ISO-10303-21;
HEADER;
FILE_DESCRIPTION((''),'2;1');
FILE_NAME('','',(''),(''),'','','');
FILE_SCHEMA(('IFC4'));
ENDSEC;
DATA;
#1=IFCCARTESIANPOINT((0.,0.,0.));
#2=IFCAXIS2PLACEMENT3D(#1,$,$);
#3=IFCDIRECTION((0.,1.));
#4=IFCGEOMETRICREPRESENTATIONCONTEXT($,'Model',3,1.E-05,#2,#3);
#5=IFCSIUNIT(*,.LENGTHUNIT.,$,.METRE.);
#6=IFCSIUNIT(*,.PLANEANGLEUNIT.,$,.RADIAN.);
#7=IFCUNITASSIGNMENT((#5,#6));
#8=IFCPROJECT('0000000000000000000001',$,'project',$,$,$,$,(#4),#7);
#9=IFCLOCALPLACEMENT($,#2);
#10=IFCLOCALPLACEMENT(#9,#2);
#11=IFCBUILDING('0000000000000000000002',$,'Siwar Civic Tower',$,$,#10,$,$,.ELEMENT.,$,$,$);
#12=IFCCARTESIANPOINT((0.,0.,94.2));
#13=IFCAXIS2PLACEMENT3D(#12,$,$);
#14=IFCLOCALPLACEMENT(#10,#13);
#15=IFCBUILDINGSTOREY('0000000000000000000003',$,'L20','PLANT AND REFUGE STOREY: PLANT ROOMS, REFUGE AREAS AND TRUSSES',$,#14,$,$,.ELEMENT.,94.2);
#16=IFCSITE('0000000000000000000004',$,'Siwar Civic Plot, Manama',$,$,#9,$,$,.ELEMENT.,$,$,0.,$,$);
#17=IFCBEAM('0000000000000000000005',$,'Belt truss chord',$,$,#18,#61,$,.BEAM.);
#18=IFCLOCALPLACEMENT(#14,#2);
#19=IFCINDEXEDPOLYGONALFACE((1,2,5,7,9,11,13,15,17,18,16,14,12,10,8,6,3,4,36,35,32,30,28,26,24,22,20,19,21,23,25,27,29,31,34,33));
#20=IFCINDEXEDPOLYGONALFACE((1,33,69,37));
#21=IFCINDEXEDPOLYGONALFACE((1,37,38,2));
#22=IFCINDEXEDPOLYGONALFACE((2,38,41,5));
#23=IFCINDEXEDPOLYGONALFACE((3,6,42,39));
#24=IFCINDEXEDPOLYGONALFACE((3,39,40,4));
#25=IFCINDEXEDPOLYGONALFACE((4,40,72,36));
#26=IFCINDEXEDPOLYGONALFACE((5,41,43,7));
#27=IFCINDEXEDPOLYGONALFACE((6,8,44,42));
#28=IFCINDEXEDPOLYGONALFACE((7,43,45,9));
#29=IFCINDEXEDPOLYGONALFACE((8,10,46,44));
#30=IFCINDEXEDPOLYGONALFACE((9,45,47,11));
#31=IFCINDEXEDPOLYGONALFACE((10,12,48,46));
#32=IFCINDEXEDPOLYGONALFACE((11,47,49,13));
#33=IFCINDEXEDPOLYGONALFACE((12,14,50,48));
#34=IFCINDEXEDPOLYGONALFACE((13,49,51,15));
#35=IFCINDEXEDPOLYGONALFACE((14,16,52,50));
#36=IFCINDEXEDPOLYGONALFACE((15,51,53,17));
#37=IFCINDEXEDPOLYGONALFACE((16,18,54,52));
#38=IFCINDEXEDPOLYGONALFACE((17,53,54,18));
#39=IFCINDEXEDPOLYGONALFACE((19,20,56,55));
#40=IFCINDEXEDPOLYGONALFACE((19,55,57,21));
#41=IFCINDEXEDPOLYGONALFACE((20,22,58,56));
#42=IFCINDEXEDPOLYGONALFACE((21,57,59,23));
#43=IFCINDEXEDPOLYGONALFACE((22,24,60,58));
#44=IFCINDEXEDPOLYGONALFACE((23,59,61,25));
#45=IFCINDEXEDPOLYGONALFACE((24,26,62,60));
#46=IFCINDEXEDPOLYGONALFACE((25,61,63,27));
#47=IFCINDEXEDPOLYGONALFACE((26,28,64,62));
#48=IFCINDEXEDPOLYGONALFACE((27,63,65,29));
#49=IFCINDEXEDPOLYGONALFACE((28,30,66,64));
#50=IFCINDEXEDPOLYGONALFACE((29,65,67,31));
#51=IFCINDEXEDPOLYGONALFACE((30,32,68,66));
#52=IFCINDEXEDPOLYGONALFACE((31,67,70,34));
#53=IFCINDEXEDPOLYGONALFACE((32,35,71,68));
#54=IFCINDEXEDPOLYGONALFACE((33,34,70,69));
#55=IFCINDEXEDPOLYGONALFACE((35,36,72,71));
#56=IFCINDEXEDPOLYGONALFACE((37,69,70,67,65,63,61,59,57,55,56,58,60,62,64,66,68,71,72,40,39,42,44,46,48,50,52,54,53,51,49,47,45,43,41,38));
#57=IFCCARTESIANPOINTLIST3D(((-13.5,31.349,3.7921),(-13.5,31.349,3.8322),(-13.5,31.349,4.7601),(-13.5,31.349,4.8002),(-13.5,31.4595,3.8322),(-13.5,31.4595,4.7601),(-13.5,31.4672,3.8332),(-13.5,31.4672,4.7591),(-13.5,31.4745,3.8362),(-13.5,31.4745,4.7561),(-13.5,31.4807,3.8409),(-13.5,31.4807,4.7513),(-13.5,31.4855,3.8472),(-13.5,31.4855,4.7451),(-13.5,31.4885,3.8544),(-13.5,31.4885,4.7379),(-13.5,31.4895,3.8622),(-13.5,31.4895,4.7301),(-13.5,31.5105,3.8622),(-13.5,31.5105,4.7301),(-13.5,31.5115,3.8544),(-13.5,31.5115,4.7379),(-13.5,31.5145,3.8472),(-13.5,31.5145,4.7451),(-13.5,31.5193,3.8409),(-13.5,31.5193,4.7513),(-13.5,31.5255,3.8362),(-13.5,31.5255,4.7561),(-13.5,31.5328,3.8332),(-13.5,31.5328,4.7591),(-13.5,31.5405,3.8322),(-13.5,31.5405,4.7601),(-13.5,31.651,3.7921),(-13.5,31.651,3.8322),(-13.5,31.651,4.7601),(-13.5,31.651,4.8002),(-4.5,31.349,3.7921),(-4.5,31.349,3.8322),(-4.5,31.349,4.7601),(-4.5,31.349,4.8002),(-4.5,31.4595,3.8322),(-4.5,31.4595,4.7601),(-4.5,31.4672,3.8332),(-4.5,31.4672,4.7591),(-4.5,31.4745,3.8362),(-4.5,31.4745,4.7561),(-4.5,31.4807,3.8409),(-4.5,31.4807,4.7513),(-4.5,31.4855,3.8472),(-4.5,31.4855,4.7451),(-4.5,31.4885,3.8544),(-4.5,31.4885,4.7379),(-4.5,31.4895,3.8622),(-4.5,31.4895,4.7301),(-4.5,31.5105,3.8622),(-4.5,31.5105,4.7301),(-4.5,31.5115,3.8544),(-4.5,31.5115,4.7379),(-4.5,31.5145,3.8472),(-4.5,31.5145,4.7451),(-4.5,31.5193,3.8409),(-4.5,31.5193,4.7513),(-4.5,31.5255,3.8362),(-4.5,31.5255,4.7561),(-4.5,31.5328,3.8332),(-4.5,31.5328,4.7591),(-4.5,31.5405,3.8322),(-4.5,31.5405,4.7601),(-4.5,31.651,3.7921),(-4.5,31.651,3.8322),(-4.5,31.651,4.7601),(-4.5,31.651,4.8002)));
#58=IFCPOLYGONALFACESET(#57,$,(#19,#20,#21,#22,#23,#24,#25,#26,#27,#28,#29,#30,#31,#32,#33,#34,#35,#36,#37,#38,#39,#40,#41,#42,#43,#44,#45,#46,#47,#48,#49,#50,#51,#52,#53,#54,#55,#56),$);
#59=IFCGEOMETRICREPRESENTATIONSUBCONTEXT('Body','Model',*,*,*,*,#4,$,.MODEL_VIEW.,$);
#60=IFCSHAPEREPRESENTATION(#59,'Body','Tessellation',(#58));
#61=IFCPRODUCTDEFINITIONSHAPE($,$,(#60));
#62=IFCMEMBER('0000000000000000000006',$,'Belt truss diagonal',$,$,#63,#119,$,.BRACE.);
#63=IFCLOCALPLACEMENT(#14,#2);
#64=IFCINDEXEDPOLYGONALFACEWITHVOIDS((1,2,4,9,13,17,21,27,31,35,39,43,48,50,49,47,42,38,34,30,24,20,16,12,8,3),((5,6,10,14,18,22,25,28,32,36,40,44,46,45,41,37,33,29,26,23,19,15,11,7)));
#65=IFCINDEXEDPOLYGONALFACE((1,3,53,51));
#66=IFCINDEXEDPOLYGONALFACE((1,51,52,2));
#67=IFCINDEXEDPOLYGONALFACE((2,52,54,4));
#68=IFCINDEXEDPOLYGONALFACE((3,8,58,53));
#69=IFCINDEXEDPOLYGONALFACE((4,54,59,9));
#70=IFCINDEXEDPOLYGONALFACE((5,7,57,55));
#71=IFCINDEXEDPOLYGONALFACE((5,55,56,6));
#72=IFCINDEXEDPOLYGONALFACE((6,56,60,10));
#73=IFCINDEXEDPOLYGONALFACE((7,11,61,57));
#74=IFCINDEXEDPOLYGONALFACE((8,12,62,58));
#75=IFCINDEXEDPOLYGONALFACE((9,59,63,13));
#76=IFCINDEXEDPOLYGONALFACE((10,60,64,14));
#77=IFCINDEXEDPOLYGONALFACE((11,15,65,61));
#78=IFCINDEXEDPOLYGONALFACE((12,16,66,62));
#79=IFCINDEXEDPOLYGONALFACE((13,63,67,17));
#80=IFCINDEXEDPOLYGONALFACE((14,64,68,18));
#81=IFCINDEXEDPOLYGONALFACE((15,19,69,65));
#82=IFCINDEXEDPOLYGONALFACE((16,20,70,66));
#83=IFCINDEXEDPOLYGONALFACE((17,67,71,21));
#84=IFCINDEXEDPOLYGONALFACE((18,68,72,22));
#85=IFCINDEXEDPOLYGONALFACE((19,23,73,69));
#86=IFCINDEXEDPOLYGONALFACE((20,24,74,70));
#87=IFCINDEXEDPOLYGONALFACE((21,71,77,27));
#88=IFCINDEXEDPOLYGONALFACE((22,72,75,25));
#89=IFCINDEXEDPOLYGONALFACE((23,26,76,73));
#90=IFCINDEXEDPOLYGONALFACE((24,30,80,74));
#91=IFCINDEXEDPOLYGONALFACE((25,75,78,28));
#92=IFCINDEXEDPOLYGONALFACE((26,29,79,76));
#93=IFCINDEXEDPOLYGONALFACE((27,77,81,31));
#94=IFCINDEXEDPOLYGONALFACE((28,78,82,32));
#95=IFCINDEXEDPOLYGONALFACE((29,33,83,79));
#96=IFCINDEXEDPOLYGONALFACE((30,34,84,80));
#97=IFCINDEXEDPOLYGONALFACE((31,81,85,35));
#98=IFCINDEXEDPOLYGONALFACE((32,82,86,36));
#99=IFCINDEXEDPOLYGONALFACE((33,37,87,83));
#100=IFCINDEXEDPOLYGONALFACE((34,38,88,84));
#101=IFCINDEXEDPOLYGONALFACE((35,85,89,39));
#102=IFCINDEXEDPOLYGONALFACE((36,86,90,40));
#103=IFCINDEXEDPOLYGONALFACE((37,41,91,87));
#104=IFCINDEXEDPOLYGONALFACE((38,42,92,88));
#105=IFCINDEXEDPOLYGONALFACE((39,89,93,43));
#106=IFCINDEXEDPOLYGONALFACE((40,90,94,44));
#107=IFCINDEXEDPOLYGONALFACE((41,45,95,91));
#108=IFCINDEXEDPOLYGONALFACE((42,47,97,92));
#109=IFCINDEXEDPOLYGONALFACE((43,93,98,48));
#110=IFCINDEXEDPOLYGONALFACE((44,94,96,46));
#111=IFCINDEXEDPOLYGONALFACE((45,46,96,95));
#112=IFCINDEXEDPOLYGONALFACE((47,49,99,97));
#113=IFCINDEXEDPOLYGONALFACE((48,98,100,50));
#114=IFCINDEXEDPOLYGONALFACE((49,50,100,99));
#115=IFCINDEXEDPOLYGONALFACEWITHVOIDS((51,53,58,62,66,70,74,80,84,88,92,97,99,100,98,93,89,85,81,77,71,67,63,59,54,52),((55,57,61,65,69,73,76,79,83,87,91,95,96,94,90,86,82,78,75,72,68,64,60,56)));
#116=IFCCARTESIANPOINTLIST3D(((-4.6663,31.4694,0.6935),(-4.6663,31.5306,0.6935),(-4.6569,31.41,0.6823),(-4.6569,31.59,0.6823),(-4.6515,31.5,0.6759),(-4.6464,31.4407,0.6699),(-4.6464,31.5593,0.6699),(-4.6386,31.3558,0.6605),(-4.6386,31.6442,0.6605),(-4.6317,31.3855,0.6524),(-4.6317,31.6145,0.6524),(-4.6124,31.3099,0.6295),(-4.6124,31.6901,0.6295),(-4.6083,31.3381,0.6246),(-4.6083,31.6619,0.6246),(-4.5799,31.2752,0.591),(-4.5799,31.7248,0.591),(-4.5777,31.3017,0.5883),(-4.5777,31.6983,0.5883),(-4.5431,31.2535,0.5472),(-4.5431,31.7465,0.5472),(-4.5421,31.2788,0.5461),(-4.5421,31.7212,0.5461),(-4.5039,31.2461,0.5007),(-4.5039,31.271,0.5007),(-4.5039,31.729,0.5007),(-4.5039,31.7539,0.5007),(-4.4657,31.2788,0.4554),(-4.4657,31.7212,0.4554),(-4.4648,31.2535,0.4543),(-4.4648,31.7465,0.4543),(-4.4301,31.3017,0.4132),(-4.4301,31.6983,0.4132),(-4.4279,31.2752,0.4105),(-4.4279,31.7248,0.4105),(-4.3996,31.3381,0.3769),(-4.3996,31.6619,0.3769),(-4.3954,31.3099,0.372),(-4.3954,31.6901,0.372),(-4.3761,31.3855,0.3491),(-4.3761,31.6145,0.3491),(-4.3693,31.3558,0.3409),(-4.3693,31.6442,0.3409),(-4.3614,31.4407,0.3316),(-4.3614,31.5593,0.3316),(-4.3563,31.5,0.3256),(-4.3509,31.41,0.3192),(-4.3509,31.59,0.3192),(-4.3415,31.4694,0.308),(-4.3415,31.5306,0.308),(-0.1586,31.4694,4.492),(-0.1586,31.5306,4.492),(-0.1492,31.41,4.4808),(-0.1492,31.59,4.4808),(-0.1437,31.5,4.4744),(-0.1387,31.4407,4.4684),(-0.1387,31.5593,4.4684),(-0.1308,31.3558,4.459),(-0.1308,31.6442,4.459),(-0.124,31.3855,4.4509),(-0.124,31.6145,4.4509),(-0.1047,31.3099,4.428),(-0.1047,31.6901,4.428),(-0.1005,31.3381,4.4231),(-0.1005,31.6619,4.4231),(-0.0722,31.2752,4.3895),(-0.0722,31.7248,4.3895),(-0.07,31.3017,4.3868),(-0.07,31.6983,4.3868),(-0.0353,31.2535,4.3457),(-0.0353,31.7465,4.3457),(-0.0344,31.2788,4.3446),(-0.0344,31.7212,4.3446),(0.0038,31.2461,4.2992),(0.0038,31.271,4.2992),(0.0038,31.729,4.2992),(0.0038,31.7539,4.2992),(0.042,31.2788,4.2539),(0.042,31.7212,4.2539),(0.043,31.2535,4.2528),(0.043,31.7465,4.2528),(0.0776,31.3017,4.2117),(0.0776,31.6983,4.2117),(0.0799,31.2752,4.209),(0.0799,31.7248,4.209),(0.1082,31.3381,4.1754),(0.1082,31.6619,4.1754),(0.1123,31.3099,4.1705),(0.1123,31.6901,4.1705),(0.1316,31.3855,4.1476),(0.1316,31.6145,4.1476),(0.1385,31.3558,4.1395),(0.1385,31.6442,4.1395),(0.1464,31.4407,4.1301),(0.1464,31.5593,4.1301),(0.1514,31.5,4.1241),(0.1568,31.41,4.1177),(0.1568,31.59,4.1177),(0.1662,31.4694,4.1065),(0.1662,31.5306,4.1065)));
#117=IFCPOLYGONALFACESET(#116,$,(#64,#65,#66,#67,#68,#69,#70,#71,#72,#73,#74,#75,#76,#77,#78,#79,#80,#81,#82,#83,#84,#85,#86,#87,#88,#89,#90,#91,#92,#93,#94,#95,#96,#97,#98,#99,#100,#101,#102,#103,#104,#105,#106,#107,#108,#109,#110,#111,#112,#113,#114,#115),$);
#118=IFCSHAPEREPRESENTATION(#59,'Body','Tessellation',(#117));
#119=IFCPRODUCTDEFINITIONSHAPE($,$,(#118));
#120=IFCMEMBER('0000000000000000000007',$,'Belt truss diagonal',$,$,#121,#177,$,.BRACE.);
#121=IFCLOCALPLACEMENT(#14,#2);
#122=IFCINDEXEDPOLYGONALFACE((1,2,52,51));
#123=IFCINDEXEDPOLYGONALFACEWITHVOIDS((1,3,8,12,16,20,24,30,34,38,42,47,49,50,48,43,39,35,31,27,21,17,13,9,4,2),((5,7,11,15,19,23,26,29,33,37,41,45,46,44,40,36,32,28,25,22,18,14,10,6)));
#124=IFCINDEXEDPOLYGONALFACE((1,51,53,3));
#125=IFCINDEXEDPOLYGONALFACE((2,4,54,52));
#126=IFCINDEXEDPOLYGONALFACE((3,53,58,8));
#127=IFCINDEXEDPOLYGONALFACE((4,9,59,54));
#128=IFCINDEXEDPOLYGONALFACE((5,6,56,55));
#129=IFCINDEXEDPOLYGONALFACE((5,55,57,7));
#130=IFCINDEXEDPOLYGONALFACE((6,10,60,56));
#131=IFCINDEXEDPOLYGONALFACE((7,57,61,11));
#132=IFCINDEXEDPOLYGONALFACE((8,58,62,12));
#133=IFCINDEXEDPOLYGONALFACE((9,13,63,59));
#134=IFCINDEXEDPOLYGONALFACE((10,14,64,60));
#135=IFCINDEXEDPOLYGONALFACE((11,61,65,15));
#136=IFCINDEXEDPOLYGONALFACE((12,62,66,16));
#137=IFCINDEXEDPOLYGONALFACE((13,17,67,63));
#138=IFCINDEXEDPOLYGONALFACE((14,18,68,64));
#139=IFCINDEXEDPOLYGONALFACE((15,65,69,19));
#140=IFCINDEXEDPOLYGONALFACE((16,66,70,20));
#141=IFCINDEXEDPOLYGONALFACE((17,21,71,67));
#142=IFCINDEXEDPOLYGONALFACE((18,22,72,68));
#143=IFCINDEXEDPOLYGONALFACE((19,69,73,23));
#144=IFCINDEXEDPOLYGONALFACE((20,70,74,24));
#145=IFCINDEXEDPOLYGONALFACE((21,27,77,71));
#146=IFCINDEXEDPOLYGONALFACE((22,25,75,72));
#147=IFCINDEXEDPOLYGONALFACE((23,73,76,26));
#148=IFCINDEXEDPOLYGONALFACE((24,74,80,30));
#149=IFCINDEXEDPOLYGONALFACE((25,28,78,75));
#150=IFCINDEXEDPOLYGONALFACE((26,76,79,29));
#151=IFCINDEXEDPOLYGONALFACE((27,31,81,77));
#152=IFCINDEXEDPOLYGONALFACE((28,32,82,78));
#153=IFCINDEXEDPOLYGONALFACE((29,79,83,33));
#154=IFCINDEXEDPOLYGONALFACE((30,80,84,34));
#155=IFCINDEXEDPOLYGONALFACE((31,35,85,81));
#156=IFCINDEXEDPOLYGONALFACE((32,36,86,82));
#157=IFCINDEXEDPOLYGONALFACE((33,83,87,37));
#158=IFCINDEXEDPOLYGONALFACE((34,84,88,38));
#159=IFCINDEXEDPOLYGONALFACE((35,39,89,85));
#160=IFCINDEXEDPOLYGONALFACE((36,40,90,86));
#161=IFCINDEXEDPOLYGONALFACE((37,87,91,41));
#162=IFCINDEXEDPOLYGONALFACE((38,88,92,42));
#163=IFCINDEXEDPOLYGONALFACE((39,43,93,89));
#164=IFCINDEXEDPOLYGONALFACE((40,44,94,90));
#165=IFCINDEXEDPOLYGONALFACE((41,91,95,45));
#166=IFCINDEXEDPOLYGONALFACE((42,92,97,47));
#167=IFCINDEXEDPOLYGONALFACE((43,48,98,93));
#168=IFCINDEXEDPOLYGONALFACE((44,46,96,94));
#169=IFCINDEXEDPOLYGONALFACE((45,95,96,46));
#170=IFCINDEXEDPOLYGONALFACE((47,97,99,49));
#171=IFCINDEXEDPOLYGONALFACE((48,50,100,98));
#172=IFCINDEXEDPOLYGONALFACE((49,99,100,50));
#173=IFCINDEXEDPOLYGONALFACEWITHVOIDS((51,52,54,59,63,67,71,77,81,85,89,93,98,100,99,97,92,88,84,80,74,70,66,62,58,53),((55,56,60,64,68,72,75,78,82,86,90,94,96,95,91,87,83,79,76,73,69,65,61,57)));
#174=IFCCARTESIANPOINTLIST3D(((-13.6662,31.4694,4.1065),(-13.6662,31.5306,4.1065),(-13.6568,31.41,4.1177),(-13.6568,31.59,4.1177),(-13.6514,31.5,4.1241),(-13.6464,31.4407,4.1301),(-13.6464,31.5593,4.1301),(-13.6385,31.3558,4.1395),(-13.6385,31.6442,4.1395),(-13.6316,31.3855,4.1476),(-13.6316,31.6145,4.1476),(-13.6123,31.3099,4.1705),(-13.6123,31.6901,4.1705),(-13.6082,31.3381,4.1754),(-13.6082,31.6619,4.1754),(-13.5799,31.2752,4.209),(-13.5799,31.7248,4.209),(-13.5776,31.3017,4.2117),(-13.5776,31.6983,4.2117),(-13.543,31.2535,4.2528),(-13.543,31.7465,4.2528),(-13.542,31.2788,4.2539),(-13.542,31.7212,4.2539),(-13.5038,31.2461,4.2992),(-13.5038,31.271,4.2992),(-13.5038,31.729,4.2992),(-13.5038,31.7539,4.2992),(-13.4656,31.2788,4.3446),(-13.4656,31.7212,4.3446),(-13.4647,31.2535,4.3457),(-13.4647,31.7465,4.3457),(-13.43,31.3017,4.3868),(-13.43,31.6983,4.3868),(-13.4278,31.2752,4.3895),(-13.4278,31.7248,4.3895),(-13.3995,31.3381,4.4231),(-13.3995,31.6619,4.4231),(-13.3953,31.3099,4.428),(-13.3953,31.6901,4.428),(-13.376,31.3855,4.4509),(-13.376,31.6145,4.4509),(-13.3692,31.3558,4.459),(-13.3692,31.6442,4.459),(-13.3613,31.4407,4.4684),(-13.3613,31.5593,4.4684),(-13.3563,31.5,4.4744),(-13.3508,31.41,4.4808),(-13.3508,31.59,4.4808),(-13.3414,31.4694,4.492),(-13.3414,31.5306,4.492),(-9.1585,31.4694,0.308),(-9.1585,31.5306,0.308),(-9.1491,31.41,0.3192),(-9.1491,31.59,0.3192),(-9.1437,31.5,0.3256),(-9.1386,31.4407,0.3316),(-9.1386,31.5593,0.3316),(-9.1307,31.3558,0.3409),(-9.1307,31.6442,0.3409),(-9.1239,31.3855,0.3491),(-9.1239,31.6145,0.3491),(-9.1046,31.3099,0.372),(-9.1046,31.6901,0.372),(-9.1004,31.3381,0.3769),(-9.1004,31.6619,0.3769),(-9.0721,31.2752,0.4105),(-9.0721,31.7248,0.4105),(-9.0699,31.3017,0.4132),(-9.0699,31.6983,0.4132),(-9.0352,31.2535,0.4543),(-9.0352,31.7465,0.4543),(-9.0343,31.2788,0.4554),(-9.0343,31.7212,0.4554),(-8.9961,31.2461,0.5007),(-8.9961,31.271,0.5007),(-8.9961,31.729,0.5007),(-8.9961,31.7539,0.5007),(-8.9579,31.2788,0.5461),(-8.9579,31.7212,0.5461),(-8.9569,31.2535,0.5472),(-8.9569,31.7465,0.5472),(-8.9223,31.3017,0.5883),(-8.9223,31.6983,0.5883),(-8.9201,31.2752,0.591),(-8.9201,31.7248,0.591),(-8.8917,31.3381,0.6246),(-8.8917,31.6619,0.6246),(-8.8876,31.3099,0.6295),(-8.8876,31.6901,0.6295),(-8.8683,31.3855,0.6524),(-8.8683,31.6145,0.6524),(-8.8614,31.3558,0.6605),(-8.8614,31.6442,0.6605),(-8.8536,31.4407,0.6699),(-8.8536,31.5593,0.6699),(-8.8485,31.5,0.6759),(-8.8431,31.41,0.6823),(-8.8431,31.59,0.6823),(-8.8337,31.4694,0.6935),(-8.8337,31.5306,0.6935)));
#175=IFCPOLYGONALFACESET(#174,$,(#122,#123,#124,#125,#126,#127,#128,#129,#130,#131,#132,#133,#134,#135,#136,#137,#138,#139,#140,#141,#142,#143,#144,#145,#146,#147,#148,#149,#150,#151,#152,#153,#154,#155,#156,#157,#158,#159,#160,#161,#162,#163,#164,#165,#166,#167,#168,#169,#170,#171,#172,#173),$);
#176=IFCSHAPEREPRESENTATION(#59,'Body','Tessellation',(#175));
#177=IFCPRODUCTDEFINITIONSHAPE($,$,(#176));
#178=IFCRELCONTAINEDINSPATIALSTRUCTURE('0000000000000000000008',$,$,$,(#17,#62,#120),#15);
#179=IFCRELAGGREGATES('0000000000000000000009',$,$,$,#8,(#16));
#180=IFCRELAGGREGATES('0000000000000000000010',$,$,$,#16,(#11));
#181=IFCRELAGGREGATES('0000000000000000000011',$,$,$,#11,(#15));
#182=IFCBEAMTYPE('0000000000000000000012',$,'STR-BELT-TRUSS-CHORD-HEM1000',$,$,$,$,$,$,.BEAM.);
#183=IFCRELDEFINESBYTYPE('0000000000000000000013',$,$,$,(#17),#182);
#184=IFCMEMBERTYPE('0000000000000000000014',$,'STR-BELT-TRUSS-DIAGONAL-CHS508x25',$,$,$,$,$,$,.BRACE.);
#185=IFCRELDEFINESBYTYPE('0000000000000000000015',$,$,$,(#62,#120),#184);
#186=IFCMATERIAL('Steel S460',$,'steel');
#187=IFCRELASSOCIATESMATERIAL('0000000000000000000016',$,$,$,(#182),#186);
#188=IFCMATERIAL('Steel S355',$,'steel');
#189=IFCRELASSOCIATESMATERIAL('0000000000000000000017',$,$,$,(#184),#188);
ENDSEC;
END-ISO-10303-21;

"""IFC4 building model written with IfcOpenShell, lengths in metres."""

from ifc_helpers import new_model, si_unit, direction, frame, origin, origin_2d, place, context, subcontext, project, spatial, hollow_circle, i_section, extrude, material, material_profile, profile_set, type_object, element, save


model = new_model("IFC4")

# Units and contexts
model_context = context("Model", 3, precision=1e-05, world=origin(), true_north=direction((0.0, 1.0)))
body_context = subcontext(model_context, "Body", "Model", "MODEL_VIEW")
ifc_project = project(units=[si_unit("LENGTHUNIT", "METRE"), si_unit("PLANEANGLEUNIT", "RADIAN")], contexts=[model_context])

# Site, building, storey
site_placement = place(None, origin())
site = spatial("IfcSite", under=ifc_project, at=site_placement, Name="Siwar Civic Plot, Manama", CompositionType="ELEMENT", RefElevation=0.0)
building_placement = place(site_placement, origin())
building = spatial("IfcBuilding", under=site, at=building_placement, Name="Siwar Civic Tower", CompositionType="ELEMENT")
storey_placement = place(building_placement, frame((0.0, 0.0, 94.2)))
storey = spatial("IfcBuildingStorey", under=building, at=storey_placement, Name="L20", Description="PLANT AND REFUGE STOREY: PLANT ROOMS, REFUGE AREAS AND TRUSSES", CompositionType="ELEMENT", Elevation=94.2)

# Beam
ifc_material_1 = material(Name="Steel S460", Category="steel")
ifc_material_profile_1 = material_profile(ifc_material_1, i_section(OverallWidth=0.302, OverallDepth=1.0081, WebThickness=0.021, FlangeThickness=0.04, FilletRadius=0.03, at=origin_2d()), Name="HEM1000")
ifc_profile_set_1 = profile_set([ifc_material_profile_1], Name="Steel S460")
beam_type_1 = type_object("IfcBeamType", Name="STR-BELT-TRUSS-CHORD-HEM1000", PredefinedType="BEAM", material=ifc_profile_set_1)
for number, where, z_axis, x_axis, name in (
    (1, (-4.5, 31.5, 4.2961), (-1.0, 0.0, 0.0), (0.0, -1.0, 0.0), "Belt truss chord"),
):
    element("IfcBeam", number, at=place(storey_placement, frame(where, z_axis=z_axis, x_axis=x_axis)), inside=storey, type_object=beam_type_1, Name=name, PredefinedType="BEAM", context=body_context, shape_type="SweptSolid", body=[
        extrude(i_section(OverallWidth=0.302, OverallDepth=1.0081, WebThickness=0.021, FlangeThickness=0.04, FilletRadius=0.03, at=origin_2d()), origin(), (0.0, 0.0, 1.0), 9.0),
    ])

# Members
ifc_material_2 = material(Name="Steel S355", Category="steel")
ifc_material_profile_2 = material_profile(ifc_material_2, hollow_circle(Radius=0.2539, WallThickness=0.0249, at=origin_2d()), Name="CHS508x25")
ifc_profile_set_2 = profile_set([ifc_material_profile_2], Name="Steel S355")
member_type_1 = type_object("IfcMemberType", Name="STR-BELT-TRUSS-DIAGONAL-CHS508x25", PredefinedType="BRACE", material=ifc_profile_set_2)
for number, where, z_axis, x_axis, name in (
    (2, (-4.5039, 31.5, 0.5007), (0.7647, 0.0, 0.644387), (0.0, 1.0, 0.0), "Belt truss diagonal"),
    (3, (-8.9961, 31.5, 0.5007), (-0.7647, 0.0, 0.644387), (0.0, -1.0, 0.0), "Belt truss diagonal"),
):
    element("IfcMember", number, at=place(storey_placement, frame(where, z_axis=z_axis, x_axis=x_axis)), inside=storey, type_object=member_type_1, Name=name, PredefinedType="BRACE", context=body_context, shape_type="SweptSolid", body=[
        extrude(hollow_circle(Radius=0.2539, WallThickness=0.0249, at=origin_2d()), origin(), (0.0, 0.0, 1.0), 5.8948),
    ])

save(model, "model.ifc")
